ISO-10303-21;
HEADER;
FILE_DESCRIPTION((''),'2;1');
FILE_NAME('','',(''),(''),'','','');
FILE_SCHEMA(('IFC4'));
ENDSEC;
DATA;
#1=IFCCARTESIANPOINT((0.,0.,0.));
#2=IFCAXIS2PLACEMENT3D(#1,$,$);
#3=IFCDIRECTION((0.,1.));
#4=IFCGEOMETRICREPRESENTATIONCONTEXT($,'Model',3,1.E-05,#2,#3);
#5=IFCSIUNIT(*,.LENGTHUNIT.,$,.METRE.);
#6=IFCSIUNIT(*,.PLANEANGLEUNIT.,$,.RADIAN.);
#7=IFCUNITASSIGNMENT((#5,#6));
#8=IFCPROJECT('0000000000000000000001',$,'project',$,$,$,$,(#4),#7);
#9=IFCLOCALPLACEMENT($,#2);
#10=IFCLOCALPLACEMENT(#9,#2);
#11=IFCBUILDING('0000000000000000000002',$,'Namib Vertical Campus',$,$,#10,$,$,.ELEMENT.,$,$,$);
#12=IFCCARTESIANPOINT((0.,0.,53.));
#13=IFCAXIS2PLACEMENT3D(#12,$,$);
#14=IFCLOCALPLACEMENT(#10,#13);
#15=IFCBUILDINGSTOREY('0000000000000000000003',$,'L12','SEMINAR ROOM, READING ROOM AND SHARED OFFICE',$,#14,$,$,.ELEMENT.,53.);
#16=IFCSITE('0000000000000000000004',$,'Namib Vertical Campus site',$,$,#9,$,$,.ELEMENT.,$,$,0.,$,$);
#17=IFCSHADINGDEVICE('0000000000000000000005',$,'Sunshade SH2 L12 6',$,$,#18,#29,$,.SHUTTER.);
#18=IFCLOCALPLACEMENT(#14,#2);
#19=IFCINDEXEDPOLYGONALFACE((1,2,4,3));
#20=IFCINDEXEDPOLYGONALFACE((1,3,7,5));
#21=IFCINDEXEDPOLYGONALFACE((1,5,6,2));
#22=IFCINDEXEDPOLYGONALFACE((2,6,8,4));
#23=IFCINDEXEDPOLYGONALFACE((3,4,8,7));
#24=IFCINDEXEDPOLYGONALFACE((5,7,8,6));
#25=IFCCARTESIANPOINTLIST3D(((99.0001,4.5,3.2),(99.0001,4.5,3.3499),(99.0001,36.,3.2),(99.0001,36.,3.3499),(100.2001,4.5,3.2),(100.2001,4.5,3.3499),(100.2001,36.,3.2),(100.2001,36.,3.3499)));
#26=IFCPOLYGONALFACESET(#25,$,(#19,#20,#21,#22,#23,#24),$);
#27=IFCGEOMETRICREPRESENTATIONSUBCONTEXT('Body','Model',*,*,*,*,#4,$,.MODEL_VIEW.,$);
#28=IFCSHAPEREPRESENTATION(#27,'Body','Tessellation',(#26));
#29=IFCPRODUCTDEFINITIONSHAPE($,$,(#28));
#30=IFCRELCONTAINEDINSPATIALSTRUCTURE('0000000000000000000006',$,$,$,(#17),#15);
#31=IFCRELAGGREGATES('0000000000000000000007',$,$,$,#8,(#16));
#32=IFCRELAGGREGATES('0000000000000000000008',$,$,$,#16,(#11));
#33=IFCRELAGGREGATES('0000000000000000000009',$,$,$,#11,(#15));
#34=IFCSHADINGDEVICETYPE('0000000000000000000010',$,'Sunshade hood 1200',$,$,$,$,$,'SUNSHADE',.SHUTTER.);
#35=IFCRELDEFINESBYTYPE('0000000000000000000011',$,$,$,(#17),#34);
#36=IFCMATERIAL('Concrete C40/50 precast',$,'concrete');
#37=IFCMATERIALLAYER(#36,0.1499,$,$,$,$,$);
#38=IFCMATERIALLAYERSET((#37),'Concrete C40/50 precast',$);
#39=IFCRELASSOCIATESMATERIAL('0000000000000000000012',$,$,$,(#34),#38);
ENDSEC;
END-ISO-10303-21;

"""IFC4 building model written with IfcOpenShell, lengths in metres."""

from ifc_helpers import new_model, si_unit, direction, frame, origin, origin_2d, place, context, subcontext, project, spatial, rectangle, extrude, material, layer, layer_set, type_object, element, save


model = new_model("IFC4")

# Units and contexts
model_context = context("Model", 3, precision=1e-05, world=origin(), true_north=direction((0.0, 1.0)))
body_context = subcontext(model_context, "Body", "Model", "MODEL_VIEW")
ifc_project = project(units=[si_unit("LENGTHUNIT", "METRE"), si_unit("PLANEANGLEUNIT", "RADIAN")], contexts=[model_context])

# Site, building, storey
site_placement = place(None, origin())
site = spatial("IfcSite", under=ifc_project, at=site_placement, Name="Namib Vertical Campus site", CompositionType="ELEMENT", RefElevation=0.0)
building_placement = place(site_placement, origin())
building = spatial("IfcBuilding", under=site, at=building_placement, Name="Namib Vertical Campus", CompositionType="ELEMENT")
storey_placement = place(building_placement, frame((0.0, 0.0, 53.0)))
storey = spatial("IfcBuildingStorey", under=building, at=storey_placement, Name="L12", Description="SEMINAR ROOM, READING ROOM AND SHARED OFFICE", CompositionType="ELEMENT", Elevation=53.0)

# Shading device
ifc_material_1 = material(Name="Concrete C40/50 precast", Category="concrete")
ifc_layer_1 = layer(ifc_material_1, 0.1499)
ifc_layer_set_1 = layer_set([ifc_layer_1], Name="Concrete C40/50 precast")
shading_device_type = type_object("IfcShadingDeviceType", Name="Sunshade hood 1200", ElementType="SUNSHADE", PredefinedType="SHUTTER", material=ifc_layer_set_1)
shading_device_placement = place(storey_placement, frame((99.6001, 20.25, 3.2), z_axis=(0.0, 0.0, 1.0), x_axis=(0.0, 1.0, 0.0)))
element("IfcShadingDevice", 1, at=shading_device_placement, inside=storey, type_object=shading_device_type, Name="Sunshade SH2 L12 6", PredefinedType="SHUTTER", context=body_context, shape_type="SweptSolid", body=[
    extrude(rectangle(XDim=31.5, YDim=1.2, at=origin_2d()), origin(), (0.0, 0.0, 1.0), 0.1499),
])

save(model, "model.ifc")
